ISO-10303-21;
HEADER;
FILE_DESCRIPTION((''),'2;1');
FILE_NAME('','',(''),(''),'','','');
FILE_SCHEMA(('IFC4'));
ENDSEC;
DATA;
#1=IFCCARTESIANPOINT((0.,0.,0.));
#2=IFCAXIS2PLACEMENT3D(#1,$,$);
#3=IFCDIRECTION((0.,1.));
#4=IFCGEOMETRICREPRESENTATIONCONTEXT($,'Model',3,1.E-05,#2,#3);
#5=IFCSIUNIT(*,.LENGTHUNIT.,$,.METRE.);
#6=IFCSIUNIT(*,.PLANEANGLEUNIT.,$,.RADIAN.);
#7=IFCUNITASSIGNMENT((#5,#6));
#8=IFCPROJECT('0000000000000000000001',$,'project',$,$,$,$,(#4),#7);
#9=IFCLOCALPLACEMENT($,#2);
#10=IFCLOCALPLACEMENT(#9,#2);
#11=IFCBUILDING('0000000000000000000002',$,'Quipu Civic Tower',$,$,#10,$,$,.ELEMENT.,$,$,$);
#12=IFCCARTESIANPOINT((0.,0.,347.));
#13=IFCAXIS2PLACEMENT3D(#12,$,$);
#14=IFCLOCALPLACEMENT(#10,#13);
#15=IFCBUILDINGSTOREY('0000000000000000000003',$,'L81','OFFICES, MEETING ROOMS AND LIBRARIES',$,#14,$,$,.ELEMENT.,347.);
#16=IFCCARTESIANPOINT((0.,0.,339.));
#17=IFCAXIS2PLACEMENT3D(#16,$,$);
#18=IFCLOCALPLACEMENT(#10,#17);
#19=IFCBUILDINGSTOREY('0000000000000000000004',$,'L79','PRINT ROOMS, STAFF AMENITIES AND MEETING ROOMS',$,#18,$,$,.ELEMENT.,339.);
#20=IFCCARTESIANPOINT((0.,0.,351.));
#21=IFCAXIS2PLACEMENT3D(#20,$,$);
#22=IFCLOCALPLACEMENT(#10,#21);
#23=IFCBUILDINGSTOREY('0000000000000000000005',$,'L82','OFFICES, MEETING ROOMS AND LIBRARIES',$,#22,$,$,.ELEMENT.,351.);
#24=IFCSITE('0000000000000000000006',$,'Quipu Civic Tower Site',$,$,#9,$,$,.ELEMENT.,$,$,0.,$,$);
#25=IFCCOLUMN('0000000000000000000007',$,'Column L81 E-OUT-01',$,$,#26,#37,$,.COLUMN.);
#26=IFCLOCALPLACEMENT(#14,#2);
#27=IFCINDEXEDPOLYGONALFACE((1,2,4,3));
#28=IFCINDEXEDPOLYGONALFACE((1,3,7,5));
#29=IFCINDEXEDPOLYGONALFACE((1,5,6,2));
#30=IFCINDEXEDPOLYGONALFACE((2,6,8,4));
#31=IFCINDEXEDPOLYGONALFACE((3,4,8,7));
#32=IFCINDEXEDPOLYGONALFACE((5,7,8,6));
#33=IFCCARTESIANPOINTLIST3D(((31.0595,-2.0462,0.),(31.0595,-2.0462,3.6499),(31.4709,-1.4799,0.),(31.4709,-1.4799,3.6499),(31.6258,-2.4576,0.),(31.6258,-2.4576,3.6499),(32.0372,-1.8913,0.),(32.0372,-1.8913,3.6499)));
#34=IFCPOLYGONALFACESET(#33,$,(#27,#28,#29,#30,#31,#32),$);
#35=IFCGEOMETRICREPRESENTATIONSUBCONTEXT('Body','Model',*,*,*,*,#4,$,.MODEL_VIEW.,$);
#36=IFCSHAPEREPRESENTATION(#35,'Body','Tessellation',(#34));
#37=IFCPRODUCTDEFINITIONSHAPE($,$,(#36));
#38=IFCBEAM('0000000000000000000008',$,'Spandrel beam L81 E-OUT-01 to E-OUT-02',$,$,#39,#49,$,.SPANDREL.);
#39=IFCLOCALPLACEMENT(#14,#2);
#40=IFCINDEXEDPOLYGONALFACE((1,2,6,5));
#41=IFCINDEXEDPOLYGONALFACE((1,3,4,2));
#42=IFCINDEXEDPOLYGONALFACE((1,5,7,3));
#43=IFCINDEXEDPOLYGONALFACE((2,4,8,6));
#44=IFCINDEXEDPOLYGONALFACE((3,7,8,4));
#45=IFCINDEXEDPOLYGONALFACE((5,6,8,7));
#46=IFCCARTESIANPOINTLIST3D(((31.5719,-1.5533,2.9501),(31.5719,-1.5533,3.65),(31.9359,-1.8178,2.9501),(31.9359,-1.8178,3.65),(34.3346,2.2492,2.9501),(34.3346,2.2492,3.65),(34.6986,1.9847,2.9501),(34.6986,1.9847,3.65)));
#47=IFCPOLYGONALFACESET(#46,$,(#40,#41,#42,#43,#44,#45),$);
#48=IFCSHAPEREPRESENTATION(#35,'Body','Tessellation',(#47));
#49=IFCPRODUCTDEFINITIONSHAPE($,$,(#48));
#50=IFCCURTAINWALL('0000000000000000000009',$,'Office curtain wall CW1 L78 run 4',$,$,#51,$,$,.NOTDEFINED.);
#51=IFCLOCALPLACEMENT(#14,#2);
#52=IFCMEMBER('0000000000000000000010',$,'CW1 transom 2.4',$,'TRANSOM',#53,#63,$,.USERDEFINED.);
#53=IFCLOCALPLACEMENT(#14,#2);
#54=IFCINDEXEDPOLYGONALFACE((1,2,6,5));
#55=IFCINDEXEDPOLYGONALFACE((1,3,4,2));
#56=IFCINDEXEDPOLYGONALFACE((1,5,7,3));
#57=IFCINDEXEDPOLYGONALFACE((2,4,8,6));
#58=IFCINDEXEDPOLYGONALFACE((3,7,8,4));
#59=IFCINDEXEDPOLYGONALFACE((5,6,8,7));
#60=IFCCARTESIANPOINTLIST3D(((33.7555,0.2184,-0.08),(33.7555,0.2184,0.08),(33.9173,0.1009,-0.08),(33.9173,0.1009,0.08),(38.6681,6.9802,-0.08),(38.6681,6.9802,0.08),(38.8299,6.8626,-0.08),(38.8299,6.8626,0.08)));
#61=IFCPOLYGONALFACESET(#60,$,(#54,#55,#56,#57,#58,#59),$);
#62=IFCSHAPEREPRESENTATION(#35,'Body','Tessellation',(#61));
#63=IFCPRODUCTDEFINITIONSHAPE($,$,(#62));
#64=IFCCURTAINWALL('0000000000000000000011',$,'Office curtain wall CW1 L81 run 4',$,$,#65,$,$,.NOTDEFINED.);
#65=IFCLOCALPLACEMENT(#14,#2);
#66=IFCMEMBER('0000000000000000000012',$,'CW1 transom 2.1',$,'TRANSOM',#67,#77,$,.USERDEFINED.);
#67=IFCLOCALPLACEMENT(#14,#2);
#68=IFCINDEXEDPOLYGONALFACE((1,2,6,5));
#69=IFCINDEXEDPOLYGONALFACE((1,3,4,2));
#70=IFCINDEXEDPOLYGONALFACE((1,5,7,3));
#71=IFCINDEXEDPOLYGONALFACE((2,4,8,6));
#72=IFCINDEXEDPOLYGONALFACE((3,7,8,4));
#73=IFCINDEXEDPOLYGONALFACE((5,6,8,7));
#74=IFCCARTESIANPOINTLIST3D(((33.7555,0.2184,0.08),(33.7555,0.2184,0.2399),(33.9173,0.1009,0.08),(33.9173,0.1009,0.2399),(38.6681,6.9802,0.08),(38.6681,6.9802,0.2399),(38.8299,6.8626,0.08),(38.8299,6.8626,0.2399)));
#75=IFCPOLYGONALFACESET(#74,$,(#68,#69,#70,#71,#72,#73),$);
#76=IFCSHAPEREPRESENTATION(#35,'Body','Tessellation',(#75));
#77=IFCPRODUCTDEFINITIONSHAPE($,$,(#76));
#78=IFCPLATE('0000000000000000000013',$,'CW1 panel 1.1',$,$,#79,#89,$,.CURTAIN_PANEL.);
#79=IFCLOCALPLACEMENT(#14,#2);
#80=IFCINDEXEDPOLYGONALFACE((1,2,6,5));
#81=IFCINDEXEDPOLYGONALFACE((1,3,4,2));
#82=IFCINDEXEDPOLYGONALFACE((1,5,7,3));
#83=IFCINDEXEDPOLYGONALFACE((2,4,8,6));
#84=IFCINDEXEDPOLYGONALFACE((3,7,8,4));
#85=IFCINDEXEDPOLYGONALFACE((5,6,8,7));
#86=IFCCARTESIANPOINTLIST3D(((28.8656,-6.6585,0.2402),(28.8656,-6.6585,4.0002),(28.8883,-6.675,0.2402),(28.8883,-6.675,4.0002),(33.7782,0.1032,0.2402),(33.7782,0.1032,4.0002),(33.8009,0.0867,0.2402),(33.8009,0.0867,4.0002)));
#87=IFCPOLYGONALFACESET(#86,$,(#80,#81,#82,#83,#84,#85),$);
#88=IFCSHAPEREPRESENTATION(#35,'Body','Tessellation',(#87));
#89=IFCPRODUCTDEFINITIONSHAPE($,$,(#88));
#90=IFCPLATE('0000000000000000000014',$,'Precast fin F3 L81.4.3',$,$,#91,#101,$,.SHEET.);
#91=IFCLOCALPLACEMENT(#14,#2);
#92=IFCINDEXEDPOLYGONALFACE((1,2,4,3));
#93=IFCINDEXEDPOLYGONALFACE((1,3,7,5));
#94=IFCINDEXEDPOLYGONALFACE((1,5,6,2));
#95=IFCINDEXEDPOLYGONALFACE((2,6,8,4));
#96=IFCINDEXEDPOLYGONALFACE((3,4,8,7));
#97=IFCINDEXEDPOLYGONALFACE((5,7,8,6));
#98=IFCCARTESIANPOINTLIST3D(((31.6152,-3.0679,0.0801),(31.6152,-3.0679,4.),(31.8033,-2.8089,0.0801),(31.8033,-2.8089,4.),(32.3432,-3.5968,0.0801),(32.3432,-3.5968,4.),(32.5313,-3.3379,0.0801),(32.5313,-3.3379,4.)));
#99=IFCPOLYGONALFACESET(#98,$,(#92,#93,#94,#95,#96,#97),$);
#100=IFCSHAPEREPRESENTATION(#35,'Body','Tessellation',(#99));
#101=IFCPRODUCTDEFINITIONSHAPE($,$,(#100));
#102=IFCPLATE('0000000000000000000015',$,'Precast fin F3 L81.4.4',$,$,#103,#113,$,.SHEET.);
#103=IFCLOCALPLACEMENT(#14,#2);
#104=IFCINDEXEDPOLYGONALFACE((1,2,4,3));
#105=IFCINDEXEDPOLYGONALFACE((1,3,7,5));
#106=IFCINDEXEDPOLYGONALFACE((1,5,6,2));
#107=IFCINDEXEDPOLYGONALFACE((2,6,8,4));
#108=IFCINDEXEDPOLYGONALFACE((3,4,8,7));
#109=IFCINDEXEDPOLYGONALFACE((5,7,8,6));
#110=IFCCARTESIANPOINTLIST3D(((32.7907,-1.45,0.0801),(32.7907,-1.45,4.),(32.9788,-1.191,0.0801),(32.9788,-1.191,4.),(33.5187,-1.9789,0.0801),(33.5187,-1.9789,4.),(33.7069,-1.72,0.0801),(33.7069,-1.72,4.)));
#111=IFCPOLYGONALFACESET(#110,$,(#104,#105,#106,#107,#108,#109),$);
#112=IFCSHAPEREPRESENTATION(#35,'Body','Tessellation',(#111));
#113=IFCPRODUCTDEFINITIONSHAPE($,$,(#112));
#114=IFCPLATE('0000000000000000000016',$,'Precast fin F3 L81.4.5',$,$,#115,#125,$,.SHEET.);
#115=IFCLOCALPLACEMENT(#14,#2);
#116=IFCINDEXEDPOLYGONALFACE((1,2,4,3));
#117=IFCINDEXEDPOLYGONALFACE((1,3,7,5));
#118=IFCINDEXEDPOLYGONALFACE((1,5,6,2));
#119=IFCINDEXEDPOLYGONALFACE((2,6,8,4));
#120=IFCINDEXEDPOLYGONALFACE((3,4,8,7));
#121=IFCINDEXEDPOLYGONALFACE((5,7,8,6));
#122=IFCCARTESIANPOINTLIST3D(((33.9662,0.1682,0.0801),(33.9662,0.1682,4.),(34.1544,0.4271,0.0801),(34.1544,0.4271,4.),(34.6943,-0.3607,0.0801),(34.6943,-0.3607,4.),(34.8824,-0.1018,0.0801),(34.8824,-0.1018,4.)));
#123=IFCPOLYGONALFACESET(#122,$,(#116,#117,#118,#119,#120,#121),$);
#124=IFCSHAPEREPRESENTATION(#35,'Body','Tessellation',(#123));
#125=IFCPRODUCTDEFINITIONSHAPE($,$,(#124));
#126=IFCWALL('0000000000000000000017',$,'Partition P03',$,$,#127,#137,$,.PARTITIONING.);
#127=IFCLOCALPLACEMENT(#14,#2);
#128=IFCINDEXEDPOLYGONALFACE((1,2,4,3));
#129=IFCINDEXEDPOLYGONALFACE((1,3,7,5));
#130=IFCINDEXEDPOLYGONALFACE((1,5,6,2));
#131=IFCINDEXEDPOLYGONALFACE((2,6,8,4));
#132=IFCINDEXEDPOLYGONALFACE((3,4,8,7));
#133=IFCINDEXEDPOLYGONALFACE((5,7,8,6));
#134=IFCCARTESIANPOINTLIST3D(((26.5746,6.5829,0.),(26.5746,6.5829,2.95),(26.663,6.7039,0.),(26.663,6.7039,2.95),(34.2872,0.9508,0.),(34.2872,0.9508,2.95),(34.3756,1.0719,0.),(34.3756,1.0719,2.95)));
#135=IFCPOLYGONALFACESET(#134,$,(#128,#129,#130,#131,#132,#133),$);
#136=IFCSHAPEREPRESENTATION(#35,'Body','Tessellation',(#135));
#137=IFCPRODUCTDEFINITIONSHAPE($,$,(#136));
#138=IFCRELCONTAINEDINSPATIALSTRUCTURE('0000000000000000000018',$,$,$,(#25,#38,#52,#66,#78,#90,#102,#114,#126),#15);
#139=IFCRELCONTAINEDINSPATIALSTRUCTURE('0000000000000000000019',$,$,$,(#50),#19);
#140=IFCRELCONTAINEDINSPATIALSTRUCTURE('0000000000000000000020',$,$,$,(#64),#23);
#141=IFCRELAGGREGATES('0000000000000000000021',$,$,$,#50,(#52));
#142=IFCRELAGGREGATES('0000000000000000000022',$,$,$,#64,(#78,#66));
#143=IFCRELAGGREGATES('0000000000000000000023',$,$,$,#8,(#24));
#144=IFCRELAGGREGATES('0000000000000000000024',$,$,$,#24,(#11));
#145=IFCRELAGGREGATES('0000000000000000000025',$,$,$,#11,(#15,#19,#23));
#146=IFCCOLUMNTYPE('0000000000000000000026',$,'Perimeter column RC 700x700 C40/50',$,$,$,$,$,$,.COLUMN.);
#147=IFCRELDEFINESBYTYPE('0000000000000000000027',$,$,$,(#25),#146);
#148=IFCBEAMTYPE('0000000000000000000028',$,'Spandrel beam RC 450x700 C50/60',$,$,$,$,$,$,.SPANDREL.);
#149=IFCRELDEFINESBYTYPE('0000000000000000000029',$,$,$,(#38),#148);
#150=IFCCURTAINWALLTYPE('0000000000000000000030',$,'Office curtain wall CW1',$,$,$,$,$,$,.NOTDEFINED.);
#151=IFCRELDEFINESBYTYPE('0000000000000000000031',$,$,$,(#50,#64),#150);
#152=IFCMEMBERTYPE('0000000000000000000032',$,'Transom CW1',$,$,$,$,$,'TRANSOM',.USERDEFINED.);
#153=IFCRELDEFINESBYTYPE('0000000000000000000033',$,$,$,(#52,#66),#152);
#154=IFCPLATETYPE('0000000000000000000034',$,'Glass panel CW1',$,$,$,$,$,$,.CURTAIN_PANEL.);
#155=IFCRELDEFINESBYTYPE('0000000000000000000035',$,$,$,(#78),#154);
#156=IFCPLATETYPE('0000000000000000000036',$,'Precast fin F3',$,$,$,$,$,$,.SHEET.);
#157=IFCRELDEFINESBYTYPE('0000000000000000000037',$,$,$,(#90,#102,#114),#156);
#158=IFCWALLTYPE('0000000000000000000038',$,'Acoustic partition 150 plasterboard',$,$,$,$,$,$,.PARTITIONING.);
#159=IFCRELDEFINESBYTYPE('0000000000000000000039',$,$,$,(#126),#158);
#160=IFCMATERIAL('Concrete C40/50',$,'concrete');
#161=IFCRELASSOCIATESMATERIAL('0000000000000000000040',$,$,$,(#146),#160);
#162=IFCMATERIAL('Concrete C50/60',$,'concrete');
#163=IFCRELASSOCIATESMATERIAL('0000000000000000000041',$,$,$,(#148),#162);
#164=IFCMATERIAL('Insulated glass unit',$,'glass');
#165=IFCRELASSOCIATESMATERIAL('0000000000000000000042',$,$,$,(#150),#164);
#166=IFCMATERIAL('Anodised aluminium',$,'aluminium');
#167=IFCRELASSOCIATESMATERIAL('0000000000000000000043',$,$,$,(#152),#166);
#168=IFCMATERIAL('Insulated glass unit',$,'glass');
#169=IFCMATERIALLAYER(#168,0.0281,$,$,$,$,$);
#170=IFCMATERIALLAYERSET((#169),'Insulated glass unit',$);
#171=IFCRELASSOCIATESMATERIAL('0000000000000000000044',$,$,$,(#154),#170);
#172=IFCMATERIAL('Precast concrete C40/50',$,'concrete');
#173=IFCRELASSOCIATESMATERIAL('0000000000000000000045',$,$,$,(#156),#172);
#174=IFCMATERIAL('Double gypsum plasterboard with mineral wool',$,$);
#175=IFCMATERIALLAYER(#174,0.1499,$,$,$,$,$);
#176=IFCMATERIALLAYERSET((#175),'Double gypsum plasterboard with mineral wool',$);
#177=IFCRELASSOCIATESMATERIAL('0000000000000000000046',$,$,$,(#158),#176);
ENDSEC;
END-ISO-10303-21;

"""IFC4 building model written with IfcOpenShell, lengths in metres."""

from ifc_helpers import new_model, si_unit, direction, frame, frame_2d, origin, origin_2d, place, context, subcontext, project, spatial, rectangle, extrude, material, layer, layer_set, material_profile, profile_set, type_object, element, aggregate, save


model = new_model("IFC4")

# Units and contexts
model_context = context("Model", 3, precision=1e-05, world=origin(), true_north=direction((0.0, 1.0)))
body_context = subcontext(model_context, "Body", "Model", "MODEL_VIEW")
ifc_project = project(units=[si_unit("LENGTHUNIT", "METRE"), si_unit("PLANEANGLEUNIT", "RADIAN")], contexts=[model_context])

# Site, building, storey
site_placement = place(None, origin())
site = spatial("IfcSite", under=ifc_project, at=site_placement, Name="Quipu Civic Tower Site", CompositionType="ELEMENT", RefElevation=0.0)
building_placement = place(site_placement, origin())
building = spatial("IfcBuilding", under=site, at=building_placement, Name="Quipu Civic Tower", CompositionType="ELEMENT")
storey_1_placement = place(building_placement, frame((0.0, 0.0, 347.0)))
storey_1 = spatial("IfcBuildingStorey", under=building, at=storey_1_placement, Name="L81", Description="OFFICES, MEETING ROOMS AND LIBRARIES", CompositionType="ELEMENT", Elevation=347.0)

# Column
ifc_material_1 = material(Name="Concrete C40/50", Category="concrete")
ifc_material_profile_1 = material_profile(ifc_material_1, rectangle(XDim=0.7, YDim=0.7, at=origin_2d()), Name="RC700x700")
ifc_profile_set_1 = profile_set([ifc_material_profile_1], Name="Concrete C40/50")
column_type = type_object("IfcColumnType", Name="Perimeter column RC 700x700 C40/50", PredefinedType="COLUMN", material=ifc_profile_set_1)
column_placement = place(storey_1_placement, frame((31.5483, -1.9688, 0.0), z_axis=(0.0, 0.0, 1.0), x_axis=(0.587785, 0.809017, 0.0)))
element("IfcColumn", 1, at=column_placement, inside=storey_1, type_object=column_type, Name="Column L81 E-OUT-01", PredefinedType="COLUMN", context=body_context, shape_type="SweptSolid", body=[
    extrude(rectangle(XDim=0.7, YDim=0.7, at=origin_2d()), origin(), (0.0, 0.0, 1.0), 3.6499),
])

# Beam
ifc_material_2 = material(Name="Concrete C50/60", Category="concrete")
ifc_material_profile_2 = material_profile(ifc_material_2, rectangle(XDim=0.45, YDim=0.7, at=origin_2d()), Name="RC450x700")
ifc_profile_set_2 = profile_set([ifc_material_profile_2], Name="Concrete C50/60")
beam_type = type_object("IfcBeamType", Name="Spandrel beam RC 450x700 C50/60", PredefinedType="SPANDREL", material=ifc_profile_set_2)
beam_placement = place(storey_1_placement, frame((31.7539, -1.6855, 3.3), z_axis=(0.587789, 0.809015, 0.0), x_axis=(-0.809015, 0.587789, 0.0)))
element("IfcBeam", 2, at=beam_placement, inside=storey_1, type_object=beam_type, Name="Spandrel beam L81 E-OUT-01 to E-OUT-02", PredefinedType="SPANDREL", context=body_context, shape_type="SweptSolid", body=[
    extrude(rectangle(XDim=0.45, YDim=0.7, at=origin_2d()), origin(), (0.0, 0.0, 1.0), 4.7002),
])

# Shared definitions
storey_2_placement = place(building_placement, frame((0.0, 0.0, 339.0)))
storey_2 = spatial("IfcBuildingStorey", under=building, at=storey_2_placement, Name="L79", Description="PRINT ROOMS, STAFF AMENITIES AND MEETING ROOMS", CompositionType="ELEMENT", Elevation=339.0)

# Curtain wall, member
ifc_material_3 = material(Name="Insulated glass unit", Category="glass")
curtain_wall_type = type_object("IfcCurtainWallType", Name="Office curtain wall CW1", PredefinedType="NOTDEFINED", material=ifc_material_3)
curtain_wall_1_placement = place(storey_2_placement, origin())
curtain_wall_1 = element("IfcCurtainWall", 3, at=curtain_wall_1_placement, inside=storey_2, type_object=curtain_wall_type, Name="Office curtain wall CW1 L78 run 4", PredefinedType="NOTDEFINED")
ifc_material_4 = material(Name="Anodised aluminium", Category="aluminium")
ifc_material_profile_3 = material_profile(ifc_material_4, rectangle(XDim=0.2, YDim=0.1599, at=origin_2d()), Name="RECT 200x160")
ifc_profile_set_3 = profile_set([ifc_material_profile_3], Name="Anodised aluminium")
member_type = type_object("IfcMemberType", Name="Transom CW1", ElementType="TRANSOM", PredefinedType="USERDEFINED", material=ifc_profile_set_3)
member_1_placement = place(storey_1_placement, frame((33.8364, 0.1597, 0.0), z_axis=(0.587779, 0.809021, 0.0), x_axis=(-0.809021, 0.587779, 0.0)))
member_1 = element("IfcMember", 4, at=member_1_placement, inside=storey_1, type_object=member_type, Name="CW1 transom 2.4", ObjectType="TRANSOM", PredefinedType="USERDEFINED", context=body_context, shape_type="SweptSolid", body=[
    extrude(rectangle(XDim=0.2, YDim=0.1599, at=origin_2d()), origin(), (0.0, 0.0, 1.0), 8.3579),
])
aggregate(curtain_wall_1, [member_1])

# Shared definitions
storey_3_placement = place(building_placement, frame((0.0, 0.0, 351.0)))
storey_3 = spatial("IfcBuildingStorey", under=building, at=storey_3_placement, Name="L82", Description="OFFICES, MEETING ROOMS AND LIBRARIES", CompositionType="ELEMENT", Elevation=351.0)

# Curtain wall, member, plate
curtain_wall_2_placement = place(storey_3_placement, origin())
curtain_wall_2 = element("IfcCurtainWall", 5, at=curtain_wall_2_placement, inside=storey_3, type_object=curtain_wall_type, Name="Office curtain wall CW1 L81 run 4", PredefinedType="NOTDEFINED")
member_2_placement = place(storey_1_placement, frame((33.8364, 0.1597, 0.1599), z_axis=(0.587779, 0.809021, 0.0), x_axis=(-0.809021, 0.587779, 0.0)))
member_2 = element("IfcMember", 6, at=member_2_placement, inside=storey_1, type_object=member_type, Name="CW1 transom 2.1", ObjectType="TRANSOM", PredefinedType="USERDEFINED", context=body_context, shape_type="SweptSolid", body=[
    extrude(rectangle(XDim=0.2, YDim=0.1599, at=origin_2d()), origin(), (0.0, 0.0, 1.0), 8.3579),
])
ifc_material_5 = material(Name="Insulated glass unit", Category="glass")
ifc_layer_1 = layer(ifc_material_5, 0.0281)
ifc_layer_set_1 = layer_set([ifc_layer_1], Name="Insulated glass unit")
plate_type_1 = type_object("IfcPlateType", Name="Glass panel CW1", PredefinedType="CURTAIN_PANEL", material=ifc_layer_set_1)
plate_placement = place(storey_1_placement, frame((31.3333, -3.2859, 0.2402), z_axis=(0.0, 0.0, 1.0), x_axis=(0.587786, 0.809016, 0.0)))
plate = element("IfcPlate", 7, at=plate_placement, inside=storey_1, type_object=plate_type_1, Name="CW1 panel 1.1", PredefinedType="CURTAIN_PANEL", context=body_context, shape_type="SweptSolid", body=[
    extrude(rectangle(XDim=8.3579, YDim=0.0281, at=origin_2d()), origin(), (0.0, 0.0, 1.0), 3.76),
])
aggregate(curtain_wall_2, [plate, member_2])

# Plates
ifc_material_6 = material(Name="Precast concrete C40/50", Category="concrete")
plate_type_2 = type_object("IfcPlateType", Name="Precast fin F3", PredefinedType="SHEET", material=ifc_material_6)
for number, where, z_axis, x_axis, name in (
    (8, (32.0732, -3.2029, 0.0801), (0.0, 0.0, 1.0), (0.587787, 0.809016, 0.0), "Precast fin F3 L81.4.3"),
    (9, (33.2488, -1.585, 0.0801), (0.0, 0.0, 1.0), (0.587787, 0.809016, 0.0), "Precast fin F3 L81.4.4"),
    (10, (34.4243, 0.0332, 0.0801), (0.0, 0.0, 1.0), (0.587787, 0.809016, 0.0), "Precast fin F3 L81.4.5"),
):
    element("IfcPlate", number, at=place(storey_1_placement, frame(where, z_axis=z_axis, x_axis=x_axis)), inside=storey_1, type_object=plate_type_2, Name=name, PredefinedType="SHEET", context=body_context, shape_type="SweptSolid", body=[
        extrude(rectangle(XDim=0.3201, YDim=0.8999, at=origin_2d()), origin(), (0.0, 0.0, 1.0), 3.9199),
    ])

# Wall
ifc_material_7 = material(Name="Double gypsum plasterboard with mineral wool")
ifc_layer_2 = layer(ifc_material_7, 0.1499)
ifc_layer_set_2 = layer_set([ifc_layer_2], Name="Double gypsum plasterboard with mineral wool")
wall_type_1 = type_object("IfcWallType", Name="Acoustic partition 150 plasterboard", PredefinedType="PARTITIONING", material=ifc_layer_set_2)
wall_1_placement = place(storey_1_placement, frame((26.6189, 6.6433, 0.0), z_axis=(0.0, 0.0, 1.0), x_axis=(0.807595, -0.589738, 0.0)))
element("IfcWall", 11, at=wall_1_placement, inside=storey_1, type_object=wall_type_1, Name="Partition P03", PredefinedType="PARTITIONING", context=body_context, shape_type="SweptSolid", body=[
    extrude(rectangle(XDim=9.55, YDim=0.1499, at=frame_2d((4.7749, 0.0))), origin(), (0.0, 0.0, 1.0), 2.95),
])

save(model, "model.ifc")
